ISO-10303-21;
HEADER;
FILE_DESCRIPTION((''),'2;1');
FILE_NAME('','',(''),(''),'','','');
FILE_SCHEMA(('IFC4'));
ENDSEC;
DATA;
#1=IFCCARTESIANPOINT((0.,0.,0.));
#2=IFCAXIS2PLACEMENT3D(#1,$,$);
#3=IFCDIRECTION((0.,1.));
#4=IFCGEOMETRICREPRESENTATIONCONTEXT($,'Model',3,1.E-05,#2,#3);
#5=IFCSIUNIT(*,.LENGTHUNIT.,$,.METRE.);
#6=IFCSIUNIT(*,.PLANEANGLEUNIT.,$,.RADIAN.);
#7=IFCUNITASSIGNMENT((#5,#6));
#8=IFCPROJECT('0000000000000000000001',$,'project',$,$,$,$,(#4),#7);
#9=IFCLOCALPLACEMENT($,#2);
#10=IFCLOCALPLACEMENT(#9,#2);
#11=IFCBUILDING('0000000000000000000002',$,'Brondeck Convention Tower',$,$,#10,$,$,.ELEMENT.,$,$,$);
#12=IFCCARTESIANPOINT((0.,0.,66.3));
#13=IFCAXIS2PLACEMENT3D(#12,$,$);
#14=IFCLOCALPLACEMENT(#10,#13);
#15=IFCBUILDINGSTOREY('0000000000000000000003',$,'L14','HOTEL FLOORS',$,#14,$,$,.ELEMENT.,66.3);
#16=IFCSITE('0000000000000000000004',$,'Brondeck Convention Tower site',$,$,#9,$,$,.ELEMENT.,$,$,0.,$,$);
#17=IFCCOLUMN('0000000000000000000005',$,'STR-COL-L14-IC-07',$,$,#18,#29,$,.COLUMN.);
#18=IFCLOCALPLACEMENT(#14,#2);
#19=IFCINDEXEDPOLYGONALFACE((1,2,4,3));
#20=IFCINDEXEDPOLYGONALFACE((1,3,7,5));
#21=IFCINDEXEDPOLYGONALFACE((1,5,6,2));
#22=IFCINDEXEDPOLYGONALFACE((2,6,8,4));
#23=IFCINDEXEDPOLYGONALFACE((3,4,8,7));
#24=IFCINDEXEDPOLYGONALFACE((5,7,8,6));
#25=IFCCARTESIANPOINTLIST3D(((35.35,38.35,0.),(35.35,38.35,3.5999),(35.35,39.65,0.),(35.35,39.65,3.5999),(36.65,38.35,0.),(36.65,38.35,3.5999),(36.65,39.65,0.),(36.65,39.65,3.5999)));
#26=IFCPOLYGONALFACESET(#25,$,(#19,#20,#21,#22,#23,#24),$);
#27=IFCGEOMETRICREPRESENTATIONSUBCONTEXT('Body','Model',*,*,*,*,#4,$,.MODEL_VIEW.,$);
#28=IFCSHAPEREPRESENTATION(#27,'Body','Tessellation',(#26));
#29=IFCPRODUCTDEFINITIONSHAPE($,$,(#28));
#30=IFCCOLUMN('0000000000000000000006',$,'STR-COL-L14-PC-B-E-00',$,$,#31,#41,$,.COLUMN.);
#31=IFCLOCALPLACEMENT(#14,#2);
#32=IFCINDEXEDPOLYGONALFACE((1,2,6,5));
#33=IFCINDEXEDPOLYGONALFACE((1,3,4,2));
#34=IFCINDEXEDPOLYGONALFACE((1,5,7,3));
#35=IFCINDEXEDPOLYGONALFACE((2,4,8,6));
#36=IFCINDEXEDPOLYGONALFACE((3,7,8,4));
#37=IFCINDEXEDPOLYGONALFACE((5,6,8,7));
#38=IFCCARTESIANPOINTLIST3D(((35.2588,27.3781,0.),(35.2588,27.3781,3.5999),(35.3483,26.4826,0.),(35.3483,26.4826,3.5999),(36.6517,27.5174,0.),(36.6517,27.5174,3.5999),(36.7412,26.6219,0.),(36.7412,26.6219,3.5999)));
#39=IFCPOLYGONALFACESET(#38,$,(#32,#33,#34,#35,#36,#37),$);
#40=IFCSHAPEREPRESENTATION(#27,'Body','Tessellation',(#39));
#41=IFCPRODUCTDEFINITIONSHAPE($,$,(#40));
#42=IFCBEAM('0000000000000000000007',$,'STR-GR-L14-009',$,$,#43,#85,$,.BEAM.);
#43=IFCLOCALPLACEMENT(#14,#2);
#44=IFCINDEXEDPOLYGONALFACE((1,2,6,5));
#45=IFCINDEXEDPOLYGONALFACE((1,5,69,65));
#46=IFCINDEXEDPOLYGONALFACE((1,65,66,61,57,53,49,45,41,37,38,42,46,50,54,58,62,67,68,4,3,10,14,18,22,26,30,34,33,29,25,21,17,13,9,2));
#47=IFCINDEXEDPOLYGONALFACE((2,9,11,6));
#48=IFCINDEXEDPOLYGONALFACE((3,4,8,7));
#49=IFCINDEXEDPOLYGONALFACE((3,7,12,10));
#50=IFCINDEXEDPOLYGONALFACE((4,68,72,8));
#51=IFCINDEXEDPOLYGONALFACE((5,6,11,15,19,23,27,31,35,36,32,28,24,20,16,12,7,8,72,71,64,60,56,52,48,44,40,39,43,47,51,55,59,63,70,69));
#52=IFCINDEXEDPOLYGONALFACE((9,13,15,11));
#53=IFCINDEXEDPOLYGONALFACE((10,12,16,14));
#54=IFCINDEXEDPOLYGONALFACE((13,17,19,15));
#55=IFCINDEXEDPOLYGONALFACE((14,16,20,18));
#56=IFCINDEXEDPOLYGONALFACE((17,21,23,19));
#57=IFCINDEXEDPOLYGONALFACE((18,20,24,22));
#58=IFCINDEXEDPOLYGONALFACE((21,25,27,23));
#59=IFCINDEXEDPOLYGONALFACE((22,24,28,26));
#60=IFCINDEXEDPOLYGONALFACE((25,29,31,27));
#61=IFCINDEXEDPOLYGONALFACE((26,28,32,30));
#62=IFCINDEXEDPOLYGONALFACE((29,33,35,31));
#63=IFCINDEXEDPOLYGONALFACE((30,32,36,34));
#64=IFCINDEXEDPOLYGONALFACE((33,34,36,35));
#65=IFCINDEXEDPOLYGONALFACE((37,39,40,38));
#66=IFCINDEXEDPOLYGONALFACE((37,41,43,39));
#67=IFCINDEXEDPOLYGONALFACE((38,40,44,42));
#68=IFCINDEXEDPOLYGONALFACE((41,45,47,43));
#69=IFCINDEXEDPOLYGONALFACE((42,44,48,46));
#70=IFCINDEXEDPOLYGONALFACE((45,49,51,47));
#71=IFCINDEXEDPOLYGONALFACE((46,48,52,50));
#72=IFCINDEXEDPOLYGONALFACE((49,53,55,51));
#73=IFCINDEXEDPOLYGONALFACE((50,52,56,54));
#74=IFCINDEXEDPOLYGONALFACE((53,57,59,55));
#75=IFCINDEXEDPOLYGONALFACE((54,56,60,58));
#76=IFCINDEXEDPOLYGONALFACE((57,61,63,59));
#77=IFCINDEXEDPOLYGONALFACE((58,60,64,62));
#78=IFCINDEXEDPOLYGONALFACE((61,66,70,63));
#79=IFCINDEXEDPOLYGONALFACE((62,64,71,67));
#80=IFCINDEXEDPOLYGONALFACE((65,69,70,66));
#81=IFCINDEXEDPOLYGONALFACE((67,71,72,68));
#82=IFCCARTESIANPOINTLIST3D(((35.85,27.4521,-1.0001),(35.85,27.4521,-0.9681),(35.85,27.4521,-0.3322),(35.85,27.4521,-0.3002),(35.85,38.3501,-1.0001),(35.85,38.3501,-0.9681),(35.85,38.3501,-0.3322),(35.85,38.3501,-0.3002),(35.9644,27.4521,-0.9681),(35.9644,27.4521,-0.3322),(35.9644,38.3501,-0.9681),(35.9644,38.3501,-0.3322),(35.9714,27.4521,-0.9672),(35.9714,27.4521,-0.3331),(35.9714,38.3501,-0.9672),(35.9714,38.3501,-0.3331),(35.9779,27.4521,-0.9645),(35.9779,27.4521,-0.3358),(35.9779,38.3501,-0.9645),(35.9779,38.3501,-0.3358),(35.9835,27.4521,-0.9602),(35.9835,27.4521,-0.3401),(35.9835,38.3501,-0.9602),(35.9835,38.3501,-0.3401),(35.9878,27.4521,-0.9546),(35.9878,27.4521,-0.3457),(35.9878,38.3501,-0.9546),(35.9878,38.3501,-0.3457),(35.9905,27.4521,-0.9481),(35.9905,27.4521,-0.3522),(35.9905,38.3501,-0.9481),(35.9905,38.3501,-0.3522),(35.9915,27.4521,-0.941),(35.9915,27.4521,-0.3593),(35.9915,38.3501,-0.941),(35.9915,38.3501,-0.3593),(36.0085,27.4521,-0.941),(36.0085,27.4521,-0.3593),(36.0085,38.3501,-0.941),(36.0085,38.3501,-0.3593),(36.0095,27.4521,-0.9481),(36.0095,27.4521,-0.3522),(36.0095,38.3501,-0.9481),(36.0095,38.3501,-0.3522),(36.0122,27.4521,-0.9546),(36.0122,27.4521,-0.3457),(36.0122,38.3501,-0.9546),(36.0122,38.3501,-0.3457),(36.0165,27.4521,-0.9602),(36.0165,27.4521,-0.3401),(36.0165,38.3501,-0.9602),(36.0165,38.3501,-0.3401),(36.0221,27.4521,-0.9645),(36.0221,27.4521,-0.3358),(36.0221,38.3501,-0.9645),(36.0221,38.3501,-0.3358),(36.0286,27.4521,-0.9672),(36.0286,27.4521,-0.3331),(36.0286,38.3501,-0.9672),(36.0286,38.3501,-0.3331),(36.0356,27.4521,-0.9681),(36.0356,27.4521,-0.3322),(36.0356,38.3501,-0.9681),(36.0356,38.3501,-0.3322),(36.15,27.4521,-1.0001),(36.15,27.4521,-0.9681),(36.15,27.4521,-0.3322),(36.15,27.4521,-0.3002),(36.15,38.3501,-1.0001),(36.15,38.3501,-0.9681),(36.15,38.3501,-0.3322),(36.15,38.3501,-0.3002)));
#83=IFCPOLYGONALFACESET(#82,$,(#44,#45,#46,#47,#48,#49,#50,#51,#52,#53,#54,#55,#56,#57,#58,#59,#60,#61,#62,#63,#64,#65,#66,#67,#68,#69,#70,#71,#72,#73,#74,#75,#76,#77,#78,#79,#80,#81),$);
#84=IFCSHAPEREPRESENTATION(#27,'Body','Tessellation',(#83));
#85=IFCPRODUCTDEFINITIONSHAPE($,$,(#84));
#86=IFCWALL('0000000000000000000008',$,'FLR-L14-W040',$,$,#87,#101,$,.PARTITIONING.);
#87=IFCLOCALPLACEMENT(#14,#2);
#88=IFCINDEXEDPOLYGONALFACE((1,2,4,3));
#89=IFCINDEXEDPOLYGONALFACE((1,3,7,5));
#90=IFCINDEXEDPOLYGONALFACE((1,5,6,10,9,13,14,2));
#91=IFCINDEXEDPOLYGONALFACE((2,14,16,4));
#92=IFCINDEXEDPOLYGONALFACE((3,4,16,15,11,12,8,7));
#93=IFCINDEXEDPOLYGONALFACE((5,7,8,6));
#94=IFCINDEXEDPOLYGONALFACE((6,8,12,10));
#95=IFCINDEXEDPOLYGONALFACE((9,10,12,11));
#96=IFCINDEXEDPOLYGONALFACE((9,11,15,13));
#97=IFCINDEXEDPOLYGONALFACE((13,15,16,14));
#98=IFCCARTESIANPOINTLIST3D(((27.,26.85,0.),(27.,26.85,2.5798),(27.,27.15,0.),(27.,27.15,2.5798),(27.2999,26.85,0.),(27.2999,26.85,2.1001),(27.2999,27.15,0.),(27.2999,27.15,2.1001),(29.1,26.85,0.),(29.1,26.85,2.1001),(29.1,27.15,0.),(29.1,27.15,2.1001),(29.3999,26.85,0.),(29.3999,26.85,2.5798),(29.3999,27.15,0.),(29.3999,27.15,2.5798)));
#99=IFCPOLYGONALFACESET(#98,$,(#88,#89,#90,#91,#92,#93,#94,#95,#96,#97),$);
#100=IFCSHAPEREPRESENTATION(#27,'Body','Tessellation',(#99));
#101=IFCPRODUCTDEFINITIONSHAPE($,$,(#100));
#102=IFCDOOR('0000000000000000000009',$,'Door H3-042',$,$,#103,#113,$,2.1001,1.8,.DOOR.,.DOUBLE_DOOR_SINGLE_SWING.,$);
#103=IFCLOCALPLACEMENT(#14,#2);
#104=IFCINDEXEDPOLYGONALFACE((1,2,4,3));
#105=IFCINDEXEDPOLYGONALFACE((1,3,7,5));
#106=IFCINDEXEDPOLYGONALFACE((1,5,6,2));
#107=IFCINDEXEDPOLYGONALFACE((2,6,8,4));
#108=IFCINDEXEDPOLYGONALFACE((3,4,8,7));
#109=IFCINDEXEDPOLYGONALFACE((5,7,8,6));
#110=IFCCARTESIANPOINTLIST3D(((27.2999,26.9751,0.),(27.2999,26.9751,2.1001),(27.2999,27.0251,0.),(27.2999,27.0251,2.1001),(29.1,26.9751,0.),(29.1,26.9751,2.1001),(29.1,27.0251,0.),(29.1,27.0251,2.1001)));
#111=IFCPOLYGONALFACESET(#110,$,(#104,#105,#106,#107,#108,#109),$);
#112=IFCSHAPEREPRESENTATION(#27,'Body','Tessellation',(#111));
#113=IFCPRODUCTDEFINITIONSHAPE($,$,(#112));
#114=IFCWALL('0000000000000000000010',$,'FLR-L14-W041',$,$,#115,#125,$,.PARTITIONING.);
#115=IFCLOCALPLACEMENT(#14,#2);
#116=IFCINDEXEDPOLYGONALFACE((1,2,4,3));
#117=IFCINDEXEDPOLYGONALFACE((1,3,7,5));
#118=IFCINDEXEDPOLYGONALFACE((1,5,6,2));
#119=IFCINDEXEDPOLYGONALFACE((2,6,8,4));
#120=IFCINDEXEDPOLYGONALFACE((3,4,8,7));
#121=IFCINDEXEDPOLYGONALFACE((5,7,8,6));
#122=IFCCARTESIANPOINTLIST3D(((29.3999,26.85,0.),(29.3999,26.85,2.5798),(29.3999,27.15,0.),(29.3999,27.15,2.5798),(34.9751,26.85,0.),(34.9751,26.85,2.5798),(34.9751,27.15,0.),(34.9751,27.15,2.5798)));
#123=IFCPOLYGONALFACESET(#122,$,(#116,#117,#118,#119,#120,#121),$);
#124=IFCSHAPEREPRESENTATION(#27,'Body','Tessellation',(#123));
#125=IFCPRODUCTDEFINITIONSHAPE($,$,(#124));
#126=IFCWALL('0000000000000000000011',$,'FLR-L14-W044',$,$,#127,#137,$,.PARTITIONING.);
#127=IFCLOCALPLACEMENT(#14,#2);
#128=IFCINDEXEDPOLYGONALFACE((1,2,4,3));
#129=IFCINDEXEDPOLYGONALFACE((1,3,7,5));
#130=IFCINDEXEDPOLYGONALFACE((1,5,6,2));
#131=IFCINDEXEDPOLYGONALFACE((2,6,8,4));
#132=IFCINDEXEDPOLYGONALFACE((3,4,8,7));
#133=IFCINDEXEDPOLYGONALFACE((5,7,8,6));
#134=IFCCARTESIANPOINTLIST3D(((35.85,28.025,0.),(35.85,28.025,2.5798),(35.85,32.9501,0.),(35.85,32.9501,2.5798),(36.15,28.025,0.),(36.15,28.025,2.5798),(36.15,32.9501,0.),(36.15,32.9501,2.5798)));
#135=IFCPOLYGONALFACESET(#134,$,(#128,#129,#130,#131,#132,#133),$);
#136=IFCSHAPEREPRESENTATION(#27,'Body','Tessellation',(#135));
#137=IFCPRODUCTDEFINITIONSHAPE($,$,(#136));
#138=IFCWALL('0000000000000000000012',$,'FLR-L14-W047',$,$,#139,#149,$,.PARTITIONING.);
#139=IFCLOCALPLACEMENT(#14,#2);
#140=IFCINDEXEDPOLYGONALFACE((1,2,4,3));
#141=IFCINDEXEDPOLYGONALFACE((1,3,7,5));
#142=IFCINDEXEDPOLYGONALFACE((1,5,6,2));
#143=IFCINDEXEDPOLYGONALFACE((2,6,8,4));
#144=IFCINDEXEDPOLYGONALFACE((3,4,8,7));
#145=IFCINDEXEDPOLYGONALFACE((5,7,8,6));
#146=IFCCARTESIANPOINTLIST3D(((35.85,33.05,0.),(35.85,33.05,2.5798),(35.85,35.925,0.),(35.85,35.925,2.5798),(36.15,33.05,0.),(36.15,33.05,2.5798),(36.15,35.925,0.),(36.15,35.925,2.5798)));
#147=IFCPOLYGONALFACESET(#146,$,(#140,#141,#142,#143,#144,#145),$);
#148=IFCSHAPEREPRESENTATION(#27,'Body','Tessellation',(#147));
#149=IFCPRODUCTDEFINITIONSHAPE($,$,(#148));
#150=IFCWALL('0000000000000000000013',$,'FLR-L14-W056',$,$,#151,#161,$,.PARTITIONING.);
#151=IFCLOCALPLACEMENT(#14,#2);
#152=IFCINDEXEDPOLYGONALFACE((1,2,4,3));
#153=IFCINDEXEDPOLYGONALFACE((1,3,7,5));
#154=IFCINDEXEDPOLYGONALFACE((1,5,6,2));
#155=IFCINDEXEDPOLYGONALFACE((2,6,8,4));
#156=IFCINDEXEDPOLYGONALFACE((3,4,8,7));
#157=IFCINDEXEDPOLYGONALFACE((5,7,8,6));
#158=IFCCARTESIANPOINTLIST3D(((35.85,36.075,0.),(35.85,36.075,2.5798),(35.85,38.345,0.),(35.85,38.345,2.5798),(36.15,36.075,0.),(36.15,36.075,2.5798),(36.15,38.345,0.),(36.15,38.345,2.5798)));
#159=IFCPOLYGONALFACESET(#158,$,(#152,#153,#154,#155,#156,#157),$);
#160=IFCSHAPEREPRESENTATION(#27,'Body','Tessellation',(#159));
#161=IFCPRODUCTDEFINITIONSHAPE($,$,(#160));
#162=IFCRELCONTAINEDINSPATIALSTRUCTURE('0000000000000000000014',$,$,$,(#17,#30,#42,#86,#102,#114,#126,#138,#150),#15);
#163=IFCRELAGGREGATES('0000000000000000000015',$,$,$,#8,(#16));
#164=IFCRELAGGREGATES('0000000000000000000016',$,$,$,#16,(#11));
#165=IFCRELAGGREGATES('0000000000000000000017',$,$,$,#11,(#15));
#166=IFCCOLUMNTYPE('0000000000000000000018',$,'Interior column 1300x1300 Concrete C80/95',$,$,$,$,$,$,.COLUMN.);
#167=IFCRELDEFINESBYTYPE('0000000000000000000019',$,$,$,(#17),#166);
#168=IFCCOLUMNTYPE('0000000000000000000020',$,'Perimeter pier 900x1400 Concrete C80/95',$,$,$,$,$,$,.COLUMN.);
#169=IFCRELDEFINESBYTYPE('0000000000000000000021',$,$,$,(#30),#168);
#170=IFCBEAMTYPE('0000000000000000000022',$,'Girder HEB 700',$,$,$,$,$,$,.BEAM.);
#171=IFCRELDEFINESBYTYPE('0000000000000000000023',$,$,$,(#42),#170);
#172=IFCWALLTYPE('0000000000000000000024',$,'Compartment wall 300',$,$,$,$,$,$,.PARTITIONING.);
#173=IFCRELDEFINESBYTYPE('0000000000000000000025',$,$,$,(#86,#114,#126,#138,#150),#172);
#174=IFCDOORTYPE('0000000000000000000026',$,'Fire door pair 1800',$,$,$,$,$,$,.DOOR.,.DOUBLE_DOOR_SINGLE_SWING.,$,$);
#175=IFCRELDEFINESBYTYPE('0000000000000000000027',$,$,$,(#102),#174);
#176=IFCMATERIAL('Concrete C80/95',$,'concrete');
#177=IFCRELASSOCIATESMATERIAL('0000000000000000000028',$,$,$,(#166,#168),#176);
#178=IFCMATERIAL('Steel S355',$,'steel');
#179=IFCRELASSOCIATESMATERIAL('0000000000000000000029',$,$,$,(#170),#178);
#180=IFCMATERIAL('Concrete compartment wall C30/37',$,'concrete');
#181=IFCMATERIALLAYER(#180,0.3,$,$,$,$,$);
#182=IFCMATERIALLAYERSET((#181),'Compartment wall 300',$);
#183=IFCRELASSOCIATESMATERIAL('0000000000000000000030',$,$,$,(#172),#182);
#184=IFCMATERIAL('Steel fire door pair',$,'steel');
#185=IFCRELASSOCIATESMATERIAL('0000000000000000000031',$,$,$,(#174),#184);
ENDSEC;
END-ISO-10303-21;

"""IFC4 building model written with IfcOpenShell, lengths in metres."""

from ifc_helpers import new_model, si_unit, direction, frame, frame_2d, origin, origin_2d, place, context, subcontext, project, spatial, rectangle, i_section, extrude, material, layer, layer_set, material_profile, profile_set, type_object, element, fill, save


model = new_model("IFC4")

# Units and contexts
model_context = context("Model", 3, precision=1e-05, world=origin(), true_north=direction((0.0, 1.0)))
body_context = subcontext(model_context, "Body", "Model", "MODEL_VIEW")
ifc_project = project(units=[si_unit("LENGTHUNIT", "METRE"), si_unit("PLANEANGLEUNIT", "RADIAN")], contexts=[model_context])

# Site, building, storey
site_placement = place(None, origin())
site = spatial("IfcSite", under=ifc_project, at=site_placement, Name="Brondeck Convention Tower site", CompositionType="ELEMENT", RefElevation=0.0)
building_placement = place(site_placement, origin())
building = spatial("IfcBuilding", under=site, at=building_placement, Name="Brondeck Convention Tower", CompositionType="ELEMENT")
storey_placement = place(building_placement, frame((0.0, 0.0, 66.3)))
storey = spatial("IfcBuildingStorey", under=building, at=storey_placement, Name="L14", Description="HOTEL FLOORS", CompositionType="ELEMENT", Elevation=66.3)

# Columns
ifc_material_1 = material(Name="Concrete C80/95", Category="concrete")
ifc_material_profile_1 = material_profile(ifc_material_1, rectangle(XDim=1.3, YDim=1.3, at=origin_2d()), Name="Interior column 1300x1300 Concrete C80/95")
ifc_profile_set_1 = profile_set([ifc_material_profile_1], Name="Concrete C80/95")
column_type_1 = type_object("IfcColumnType", Name="Interior column 1300x1300 Concrete C80/95", PredefinedType="COLUMN", material=ifc_profile_set_1)
column_1_placement = place(storey_placement, frame((36.0, 39.0, 0.0), z_axis=(0.0, 0.0, 1.0), x_axis=(1.0, 0.0, 0.0)))
element("IfcColumn", 1, at=column_1_placement, inside=storey, type_object=column_type_1, Name="STR-COL-L14-IC-07", PredefinedType="COLUMN", context=body_context, shape_type="SweptSolid", body=[
    extrude(rectangle(XDim=1.3, YDim=1.3, at=origin_2d()), origin(), (0.0, 0.0, 1.0), 3.5999),
])
ifc_material_profile_2 = material_profile(ifc_material_1, rectangle(XDim=0.8999, YDim=1.3999, at=origin_2d()), Name="Perimeter pier 900x1400 Concrete C80/95")
ifc_profile_set_2 = profile_set([ifc_material_profile_2], Name="Concrete C80/95")
column_type_2 = type_object("IfcColumnType", Name="Perimeter pier 900x1400 Concrete C80/95", PredefinedType="COLUMN", material=ifc_profile_set_2)
column_2_placement = place(storey_placement, frame((36.0, 27.0, 0.0), z_axis=(0.0, 0.0, 1.0), x_axis=(-0.099504, 0.995037, 0.0)))
element("IfcColumn", 2, at=column_2_placement, inside=storey, type_object=column_type_2, Name="STR-COL-L14-PC-B-E-00", PredefinedType="COLUMN", context=body_context, shape_type="SweptSolid", body=[
    extrude(rectangle(XDim=0.8999, YDim=1.3999, at=origin_2d()), origin(), (0.0, 0.0, 1.0), 3.5999),
])

# Beam
ifc_material_2 = material(Name="Steel S355", Category="steel")
ifc_material_profile_3 = material_profile(ifc_material_2, i_section(OverallWidth=0.3, OverallDepth=0.7, WebThickness=0.0171, FlangeThickness=0.032, FilletRadius=0.0271, at=origin_2d()), Name="HEB 700")
ifc_profile_set_3 = profile_set([ifc_material_profile_3], Name="Steel S355")
beam_type = type_object("IfcBeamType", Name="Girder HEB 700", PredefinedType="BEAM", material=ifc_profile_set_3)
beam_placement = place(storey_placement, frame((36.0, 27.4521, -0.6501), z_axis=(0.0, 1.0, 0.0), x_axis=(-1.0, 0.0, 0.0)))
element("IfcBeam", 3, at=beam_placement, inside=storey, type_object=beam_type, Name="STR-GR-L14-009", PredefinedType="BEAM", context=body_context, shape_type="SweptSolid", body=[
    extrude(i_section(OverallWidth=0.3, OverallDepth=0.7, WebThickness=0.0171, FlangeThickness=0.032, FilletRadius=0.0271, at=origin_2d()), origin(), (0.0, 0.0, 1.0), 10.8979),
])

# Wall, opening, door
ifc_material_3 = material(Name="Concrete compartment wall C30/37", Category="concrete")
ifc_layer_1 = layer(ifc_material_3, 0.3)
ifc_layer_set_1 = layer_set([ifc_layer_1], Name="Compartment wall 300")
wall_type_1 = type_object("IfcWallType", Name="Compartment wall 300", PredefinedType="PARTITIONING", material=ifc_layer_set_1)
wall_1_placement = place(storey_placement, frame((29.3999, 27.0, 0.0), z_axis=(0.0, 0.0, 1.0), x_axis=(-1.0, 0.0, 0.0)))
wall_1 = element("IfcWall", 4, at=wall_1_placement, inside=storey, type_object=wall_type_1, Name="FLR-L14-W040", PredefinedType="PARTITIONING", context=body_context, shape_type="SweptSolid", body=[
    extrude(rectangle(XDim=2.3999, YDim=0.3, at=frame_2d((1.2, 0.0))), origin(), (0.0, 0.0, 1.0), 2.5798),
])
opening_1_placement = place(wall_1_placement, frame((0.3, 0.0, 0.0)))
opening_1 = element("IfcOpeningElement", 5, at=opening_1_placement, cuts=wall_1, PredefinedType="OPENING", context=body_context, shape_type="SweptSolid", body=[
    extrude(rectangle(XDim=1.8, YDim=2.1001, at=frame_2d((0.8999, 1.05))), frame((0.0, 0.1599, 0.0), z_axis=(0.0, -1.0, 0.0), x_axis=(1.0, 0.0, 0.0)), (0.0, 0.0, 1.0), 0.3201),
])
ifc_material_4 = material(Name="Steel fire door pair", Category="steel")
door_type_1 = type_object("IfcDoorType", Name="Fire door pair 1800", OperationType="DOUBLE_DOOR_SINGLE_SWING", PredefinedType="DOOR", material=ifc_material_4)
door_1_placement = place(opening_1_placement, origin())
door_1 = element("IfcDoor", 6, at=door_1_placement, inside=storey, type_object=door_type_1, Name="Door H3-042", OperationType="DOUBLE_DOOR_SINGLE_SWING", OverallHeight=2.1001, OverallWidth=1.8, PredefinedType="DOOR", context=body_context, shape_type="SweptSolid", body=[
    extrude(rectangle(XDim=1.8, YDim=2.1001, at=frame_2d((0.8999, 1.05))), frame((0.0, 0.0249, 0.0), z_axis=(0.0, -1.0, 0.0), x_axis=(1.0, 0.0, 0.0)), (0.0, 0.0, 1.0), 0.05),
])
fill(opening_1, door_1)

# Walls
wall_2_placement = place(storey_placement, frame((34.9751, 27.0, 0.0), z_axis=(0.0, 0.0, 1.0), x_axis=(-1.0, 0.0, 0.0)))
element("IfcWall", 7, at=wall_2_placement, inside=storey, type_object=wall_type_1, Name="FLR-L14-W041", PredefinedType="PARTITIONING", context=body_context, shape_type="SweptSolid", body=[
    extrude(rectangle(XDim=5.5752, YDim=0.3, at=frame_2d((2.7876, 0.0))), origin(), (0.0, 0.0, 1.0), 2.5798),
])
wall_3_placement = place(storey_placement, frame((36.0, 32.95, 0.0), z_axis=(0.0, 0.0, 1.0), x_axis=(0.0, -1.0, 0.0)))
element("IfcWall", 8, at=wall_3_placement, inside=storey, type_object=wall_type_1, Name="FLR-L14-W044", PredefinedType="PARTITIONING", context=body_context, shape_type="SweptSolid", body=[
    extrude(rectangle(XDim=4.925, YDim=0.3, at=frame_2d((2.4624, 0.0))), origin(), (0.0, 0.0, 1.0), 2.5798),
])
wall_4_placement = place(storey_placement, frame((36.0, 35.925, 0.0), z_axis=(0.0, 0.0, 1.0), x_axis=(0.0, -1.0, 0.0)))
element("IfcWall", 9, at=wall_4_placement, inside=storey, type_object=wall_type_1, Name="FLR-L14-W047", PredefinedType="PARTITIONING", context=body_context, shape_type="SweptSolid", body=[
    extrude(rectangle(XDim=2.875, YDim=0.3, at=frame_2d((1.4375, 0.0))), origin(), (0.0, 0.0, 1.0), 2.5798),
])
wall_5_placement = place(storey_placement, frame((36.0, 38.345, 0.0), z_axis=(0.0, 0.0, 1.0), x_axis=(0.0, -1.0, 0.0)))
element("IfcWall", 10, at=wall_5_placement, inside=storey, type_object=wall_type_1, Name="FLR-L14-W056", PredefinedType="PARTITIONING", context=body_context, shape_type="SweptSolid", body=[
    extrude(rectangle(XDim=2.27, YDim=0.3, at=frame_2d((1.135, 0.0))), origin(), (0.0, 0.0, 1.0), 2.5798),
])

save(model, "model.ifc")
